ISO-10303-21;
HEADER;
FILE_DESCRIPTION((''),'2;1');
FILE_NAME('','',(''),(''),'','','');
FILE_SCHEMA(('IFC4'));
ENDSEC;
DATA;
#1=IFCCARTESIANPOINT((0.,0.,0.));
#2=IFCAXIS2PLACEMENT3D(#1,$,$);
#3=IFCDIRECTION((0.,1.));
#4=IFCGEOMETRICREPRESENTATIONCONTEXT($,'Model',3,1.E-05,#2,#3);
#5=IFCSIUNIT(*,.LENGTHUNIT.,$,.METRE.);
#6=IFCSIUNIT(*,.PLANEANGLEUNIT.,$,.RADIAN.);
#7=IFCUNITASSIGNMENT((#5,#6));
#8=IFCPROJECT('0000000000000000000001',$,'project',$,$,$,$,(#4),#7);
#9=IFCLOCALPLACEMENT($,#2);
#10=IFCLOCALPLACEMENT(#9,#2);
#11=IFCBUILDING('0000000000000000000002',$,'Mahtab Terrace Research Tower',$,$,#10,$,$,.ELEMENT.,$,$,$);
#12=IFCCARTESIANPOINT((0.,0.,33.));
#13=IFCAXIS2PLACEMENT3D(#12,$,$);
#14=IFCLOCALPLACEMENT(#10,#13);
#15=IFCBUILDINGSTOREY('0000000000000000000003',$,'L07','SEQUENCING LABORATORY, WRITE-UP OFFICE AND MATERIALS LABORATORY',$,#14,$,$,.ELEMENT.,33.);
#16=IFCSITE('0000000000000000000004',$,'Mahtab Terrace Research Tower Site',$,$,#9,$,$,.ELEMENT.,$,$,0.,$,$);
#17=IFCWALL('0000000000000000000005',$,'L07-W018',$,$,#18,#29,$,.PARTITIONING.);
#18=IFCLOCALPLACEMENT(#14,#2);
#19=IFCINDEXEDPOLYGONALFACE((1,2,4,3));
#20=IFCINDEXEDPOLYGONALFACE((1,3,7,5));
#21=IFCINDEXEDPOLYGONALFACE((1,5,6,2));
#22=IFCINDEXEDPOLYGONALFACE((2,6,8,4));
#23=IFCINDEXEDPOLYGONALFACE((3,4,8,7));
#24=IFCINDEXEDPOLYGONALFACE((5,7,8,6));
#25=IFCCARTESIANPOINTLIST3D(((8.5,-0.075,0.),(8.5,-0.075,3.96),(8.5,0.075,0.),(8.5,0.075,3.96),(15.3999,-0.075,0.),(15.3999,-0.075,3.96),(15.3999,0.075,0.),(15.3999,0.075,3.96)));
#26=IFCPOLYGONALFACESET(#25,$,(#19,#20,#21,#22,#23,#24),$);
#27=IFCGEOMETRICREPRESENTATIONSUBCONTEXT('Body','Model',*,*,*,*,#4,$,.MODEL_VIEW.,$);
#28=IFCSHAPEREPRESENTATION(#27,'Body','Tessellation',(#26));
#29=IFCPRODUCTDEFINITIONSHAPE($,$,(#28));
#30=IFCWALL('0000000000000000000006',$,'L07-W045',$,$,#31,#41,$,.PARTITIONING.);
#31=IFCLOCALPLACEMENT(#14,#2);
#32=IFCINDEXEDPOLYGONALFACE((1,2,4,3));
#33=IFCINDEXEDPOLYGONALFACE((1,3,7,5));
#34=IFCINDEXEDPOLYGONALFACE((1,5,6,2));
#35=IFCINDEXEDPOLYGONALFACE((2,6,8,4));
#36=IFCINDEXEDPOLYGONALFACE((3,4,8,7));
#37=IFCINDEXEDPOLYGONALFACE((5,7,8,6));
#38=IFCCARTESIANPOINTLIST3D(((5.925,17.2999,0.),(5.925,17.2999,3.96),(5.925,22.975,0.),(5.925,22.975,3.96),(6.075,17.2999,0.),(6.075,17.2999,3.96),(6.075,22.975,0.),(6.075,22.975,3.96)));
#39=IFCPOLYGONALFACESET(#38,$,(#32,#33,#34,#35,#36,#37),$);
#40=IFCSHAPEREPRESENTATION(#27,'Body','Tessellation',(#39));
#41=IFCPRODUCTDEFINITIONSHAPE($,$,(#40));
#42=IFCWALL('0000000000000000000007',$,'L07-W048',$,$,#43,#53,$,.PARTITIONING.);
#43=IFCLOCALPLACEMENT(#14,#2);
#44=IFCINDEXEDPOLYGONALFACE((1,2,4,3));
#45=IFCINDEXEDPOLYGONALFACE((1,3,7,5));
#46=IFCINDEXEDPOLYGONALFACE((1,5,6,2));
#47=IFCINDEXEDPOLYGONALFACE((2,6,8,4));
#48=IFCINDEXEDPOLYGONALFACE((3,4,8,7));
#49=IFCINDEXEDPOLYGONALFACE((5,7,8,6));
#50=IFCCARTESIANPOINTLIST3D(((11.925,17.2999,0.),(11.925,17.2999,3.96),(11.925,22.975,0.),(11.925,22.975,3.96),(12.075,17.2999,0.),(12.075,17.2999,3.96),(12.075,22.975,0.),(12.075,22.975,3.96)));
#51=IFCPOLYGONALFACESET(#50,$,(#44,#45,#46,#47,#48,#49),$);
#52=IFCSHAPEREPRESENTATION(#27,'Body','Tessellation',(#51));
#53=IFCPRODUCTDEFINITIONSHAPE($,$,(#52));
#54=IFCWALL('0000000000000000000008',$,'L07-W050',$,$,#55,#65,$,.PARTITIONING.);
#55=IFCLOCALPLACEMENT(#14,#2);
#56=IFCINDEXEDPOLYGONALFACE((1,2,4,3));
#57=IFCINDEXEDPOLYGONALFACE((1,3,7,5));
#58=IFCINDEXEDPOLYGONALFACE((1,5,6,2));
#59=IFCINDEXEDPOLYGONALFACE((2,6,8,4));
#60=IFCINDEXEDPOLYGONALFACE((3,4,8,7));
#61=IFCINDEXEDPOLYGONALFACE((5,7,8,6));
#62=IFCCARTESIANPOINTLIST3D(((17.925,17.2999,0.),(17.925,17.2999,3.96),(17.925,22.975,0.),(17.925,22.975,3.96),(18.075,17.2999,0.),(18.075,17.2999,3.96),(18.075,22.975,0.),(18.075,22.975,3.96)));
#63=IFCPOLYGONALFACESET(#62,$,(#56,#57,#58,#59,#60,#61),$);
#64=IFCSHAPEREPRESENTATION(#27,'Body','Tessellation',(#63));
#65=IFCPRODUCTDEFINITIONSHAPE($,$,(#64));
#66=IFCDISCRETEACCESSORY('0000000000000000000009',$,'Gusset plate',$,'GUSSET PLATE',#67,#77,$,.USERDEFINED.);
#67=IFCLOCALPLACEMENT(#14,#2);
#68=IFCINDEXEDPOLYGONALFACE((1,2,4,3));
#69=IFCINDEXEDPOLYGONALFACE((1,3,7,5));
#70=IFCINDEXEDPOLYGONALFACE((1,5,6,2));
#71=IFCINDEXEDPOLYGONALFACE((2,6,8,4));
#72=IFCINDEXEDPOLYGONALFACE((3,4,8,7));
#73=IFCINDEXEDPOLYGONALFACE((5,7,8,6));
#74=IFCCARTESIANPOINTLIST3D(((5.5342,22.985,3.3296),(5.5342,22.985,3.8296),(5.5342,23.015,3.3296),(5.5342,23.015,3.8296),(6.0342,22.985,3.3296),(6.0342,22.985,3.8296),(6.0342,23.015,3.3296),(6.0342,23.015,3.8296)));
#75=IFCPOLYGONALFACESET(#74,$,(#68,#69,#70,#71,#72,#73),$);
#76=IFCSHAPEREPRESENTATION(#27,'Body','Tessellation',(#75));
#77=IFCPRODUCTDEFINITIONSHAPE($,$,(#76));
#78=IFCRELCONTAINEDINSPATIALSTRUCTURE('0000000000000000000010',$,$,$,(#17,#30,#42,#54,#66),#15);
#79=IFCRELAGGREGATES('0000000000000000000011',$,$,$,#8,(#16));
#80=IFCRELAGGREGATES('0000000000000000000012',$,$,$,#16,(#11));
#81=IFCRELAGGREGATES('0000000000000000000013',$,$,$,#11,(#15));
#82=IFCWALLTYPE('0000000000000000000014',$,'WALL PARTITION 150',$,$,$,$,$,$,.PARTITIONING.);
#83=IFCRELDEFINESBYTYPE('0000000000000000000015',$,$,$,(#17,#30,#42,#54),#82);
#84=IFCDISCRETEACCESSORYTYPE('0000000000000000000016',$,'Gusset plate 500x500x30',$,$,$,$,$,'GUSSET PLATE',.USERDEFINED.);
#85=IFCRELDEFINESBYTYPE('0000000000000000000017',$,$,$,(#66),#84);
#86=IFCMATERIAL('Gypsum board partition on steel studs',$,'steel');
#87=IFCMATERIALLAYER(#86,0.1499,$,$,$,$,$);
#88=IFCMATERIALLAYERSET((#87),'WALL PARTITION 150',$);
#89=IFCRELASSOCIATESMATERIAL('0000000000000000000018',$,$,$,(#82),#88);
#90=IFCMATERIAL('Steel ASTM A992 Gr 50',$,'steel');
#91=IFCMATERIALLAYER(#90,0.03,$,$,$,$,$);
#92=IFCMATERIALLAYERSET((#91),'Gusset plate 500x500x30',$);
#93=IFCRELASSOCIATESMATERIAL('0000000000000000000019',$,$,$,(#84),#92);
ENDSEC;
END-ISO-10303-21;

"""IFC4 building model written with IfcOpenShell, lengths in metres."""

from ifc_helpers import new_model, si_unit, direction, frame, frame_2d, origin, origin_2d, place, context, subcontext, project, spatial, rectangle, extrude, material, layer, layer_set, type_object, element, save


model = new_model("IFC4")

# Units and contexts
model_context = context("Model", 3, precision=1e-05, world=origin(), true_north=direction((0.0, 1.0)))
body_context = subcontext(model_context, "Body", "Model", "MODEL_VIEW")
ifc_project = project(units=[si_unit("LENGTHUNIT", "METRE"), si_unit("PLANEANGLEUNIT", "RADIAN")], contexts=[model_context])

# Site, building, storey
site_placement = place(None, origin())
site = spatial("IfcSite", under=ifc_project, at=site_placement, Name="Mahtab Terrace Research Tower Site", CompositionType="ELEMENT", RefElevation=0.0)
building_placement = place(site_placement, origin())
building = spatial("IfcBuilding", under=site, at=building_placement, Name="Mahtab Terrace Research Tower", CompositionType="ELEMENT")
storey_placement = place(building_placement, frame((0.0, 0.0, 33.0)))
storey = spatial("IfcBuildingStorey", under=building, at=storey_placement, Name="L07", Description="SEQUENCING LABORATORY, WRITE-UP OFFICE AND MATERIALS LABORATORY", CompositionType="ELEMENT", Elevation=33.0)

# Shared definitions
ifc_material_1 = material(Name="Steel ASTM A992 Gr 50", Category="steel")

# Walls
ifc_material_2 = material(Name="Gypsum board partition on steel studs", Category="steel")
ifc_layer_1 = layer(ifc_material_2, 0.1499)
ifc_layer_set_1 = layer_set([ifc_layer_1], Name="WALL PARTITION 150")
wall_type_1 = type_object("IfcWallType", Name="WALL PARTITION 150", PredefinedType="PARTITIONING", material=ifc_layer_set_1)
wall_1_placement = place(storey_placement, frame((8.5, 0.0, 0.0), z_axis=(0.0, 0.0, 1.0), x_axis=(1.0, 0.0, 0.0)))
element("IfcWall", 1, at=wall_1_placement, inside=storey, type_object=wall_type_1, Name="L07-W018", PredefinedType="PARTITIONING", context=body_context, shape_type="SweptSolid", body=[
    extrude(rectangle(XDim=6.8999, YDim=0.1499, at=frame_2d((3.45, 0.0))), origin(), (0.0, 0.0, 1.0), 3.96),
])
for number, where, z_axis, x_axis, name in (
    (2, (6.0, 17.3, 0.0), (0.0, 0.0, 1.0), (0.0, 1.0, 0.0), "L07-W045"),
    (3, (12.0, 17.3, 0.0), (0.0, 0.0, 1.0), (0.0, 1.0, 0.0), "L07-W048"),
    (4, (18.0, 17.3, 0.0), (0.0, 0.0, 1.0), (0.0, 1.0, 0.0), "L07-W050"),
):
    element("IfcWall", number, at=place(storey_placement, frame(where, z_axis=z_axis, x_axis=x_axis)), inside=storey, type_object=wall_type_1, Name=name, PredefinedType="PARTITIONING", context=body_context, shape_type="SweptSolid", body=[
        extrude(rectangle(XDim=5.675, YDim=0.1499, at=frame_2d((2.8374, 0.0))), origin(), (0.0, 0.0, 1.0), 3.96),
    ])

# Discrete accessory
ifc_layer_2 = layer(ifc_material_1, 0.03)
ifc_layer_set_2 = layer_set([ifc_layer_2], Name="Gusset plate 500x500x30")
discrete_accessory_type = type_object("IfcDiscreteAccessoryType", Name="Gusset plate 500x500x30", ElementType="GUSSET PLATE", PredefinedType="USERDEFINED", material=ifc_layer_set_2)
discrete_accessory_placement = place(storey_placement, frame((5.7842, 23.0, 3.3296), z_axis=(0.0, 0.0, 1.0), x_axis=(1.0, 0.0, 0.0)))
element("IfcDiscreteAccessory", 5, at=discrete_accessory_placement, inside=storey, type_object=discrete_accessory_type, Name="Gusset plate", ObjectType="GUSSET PLATE", PredefinedType="USERDEFINED", context=body_context, shape_type="SweptSolid", body=[
    extrude(rectangle(XDim=0.5, YDim=0.03, at=origin_2d()), origin(), (0.0, 0.0, 1.0), 0.5),
])

save(model, "model.ifc")
